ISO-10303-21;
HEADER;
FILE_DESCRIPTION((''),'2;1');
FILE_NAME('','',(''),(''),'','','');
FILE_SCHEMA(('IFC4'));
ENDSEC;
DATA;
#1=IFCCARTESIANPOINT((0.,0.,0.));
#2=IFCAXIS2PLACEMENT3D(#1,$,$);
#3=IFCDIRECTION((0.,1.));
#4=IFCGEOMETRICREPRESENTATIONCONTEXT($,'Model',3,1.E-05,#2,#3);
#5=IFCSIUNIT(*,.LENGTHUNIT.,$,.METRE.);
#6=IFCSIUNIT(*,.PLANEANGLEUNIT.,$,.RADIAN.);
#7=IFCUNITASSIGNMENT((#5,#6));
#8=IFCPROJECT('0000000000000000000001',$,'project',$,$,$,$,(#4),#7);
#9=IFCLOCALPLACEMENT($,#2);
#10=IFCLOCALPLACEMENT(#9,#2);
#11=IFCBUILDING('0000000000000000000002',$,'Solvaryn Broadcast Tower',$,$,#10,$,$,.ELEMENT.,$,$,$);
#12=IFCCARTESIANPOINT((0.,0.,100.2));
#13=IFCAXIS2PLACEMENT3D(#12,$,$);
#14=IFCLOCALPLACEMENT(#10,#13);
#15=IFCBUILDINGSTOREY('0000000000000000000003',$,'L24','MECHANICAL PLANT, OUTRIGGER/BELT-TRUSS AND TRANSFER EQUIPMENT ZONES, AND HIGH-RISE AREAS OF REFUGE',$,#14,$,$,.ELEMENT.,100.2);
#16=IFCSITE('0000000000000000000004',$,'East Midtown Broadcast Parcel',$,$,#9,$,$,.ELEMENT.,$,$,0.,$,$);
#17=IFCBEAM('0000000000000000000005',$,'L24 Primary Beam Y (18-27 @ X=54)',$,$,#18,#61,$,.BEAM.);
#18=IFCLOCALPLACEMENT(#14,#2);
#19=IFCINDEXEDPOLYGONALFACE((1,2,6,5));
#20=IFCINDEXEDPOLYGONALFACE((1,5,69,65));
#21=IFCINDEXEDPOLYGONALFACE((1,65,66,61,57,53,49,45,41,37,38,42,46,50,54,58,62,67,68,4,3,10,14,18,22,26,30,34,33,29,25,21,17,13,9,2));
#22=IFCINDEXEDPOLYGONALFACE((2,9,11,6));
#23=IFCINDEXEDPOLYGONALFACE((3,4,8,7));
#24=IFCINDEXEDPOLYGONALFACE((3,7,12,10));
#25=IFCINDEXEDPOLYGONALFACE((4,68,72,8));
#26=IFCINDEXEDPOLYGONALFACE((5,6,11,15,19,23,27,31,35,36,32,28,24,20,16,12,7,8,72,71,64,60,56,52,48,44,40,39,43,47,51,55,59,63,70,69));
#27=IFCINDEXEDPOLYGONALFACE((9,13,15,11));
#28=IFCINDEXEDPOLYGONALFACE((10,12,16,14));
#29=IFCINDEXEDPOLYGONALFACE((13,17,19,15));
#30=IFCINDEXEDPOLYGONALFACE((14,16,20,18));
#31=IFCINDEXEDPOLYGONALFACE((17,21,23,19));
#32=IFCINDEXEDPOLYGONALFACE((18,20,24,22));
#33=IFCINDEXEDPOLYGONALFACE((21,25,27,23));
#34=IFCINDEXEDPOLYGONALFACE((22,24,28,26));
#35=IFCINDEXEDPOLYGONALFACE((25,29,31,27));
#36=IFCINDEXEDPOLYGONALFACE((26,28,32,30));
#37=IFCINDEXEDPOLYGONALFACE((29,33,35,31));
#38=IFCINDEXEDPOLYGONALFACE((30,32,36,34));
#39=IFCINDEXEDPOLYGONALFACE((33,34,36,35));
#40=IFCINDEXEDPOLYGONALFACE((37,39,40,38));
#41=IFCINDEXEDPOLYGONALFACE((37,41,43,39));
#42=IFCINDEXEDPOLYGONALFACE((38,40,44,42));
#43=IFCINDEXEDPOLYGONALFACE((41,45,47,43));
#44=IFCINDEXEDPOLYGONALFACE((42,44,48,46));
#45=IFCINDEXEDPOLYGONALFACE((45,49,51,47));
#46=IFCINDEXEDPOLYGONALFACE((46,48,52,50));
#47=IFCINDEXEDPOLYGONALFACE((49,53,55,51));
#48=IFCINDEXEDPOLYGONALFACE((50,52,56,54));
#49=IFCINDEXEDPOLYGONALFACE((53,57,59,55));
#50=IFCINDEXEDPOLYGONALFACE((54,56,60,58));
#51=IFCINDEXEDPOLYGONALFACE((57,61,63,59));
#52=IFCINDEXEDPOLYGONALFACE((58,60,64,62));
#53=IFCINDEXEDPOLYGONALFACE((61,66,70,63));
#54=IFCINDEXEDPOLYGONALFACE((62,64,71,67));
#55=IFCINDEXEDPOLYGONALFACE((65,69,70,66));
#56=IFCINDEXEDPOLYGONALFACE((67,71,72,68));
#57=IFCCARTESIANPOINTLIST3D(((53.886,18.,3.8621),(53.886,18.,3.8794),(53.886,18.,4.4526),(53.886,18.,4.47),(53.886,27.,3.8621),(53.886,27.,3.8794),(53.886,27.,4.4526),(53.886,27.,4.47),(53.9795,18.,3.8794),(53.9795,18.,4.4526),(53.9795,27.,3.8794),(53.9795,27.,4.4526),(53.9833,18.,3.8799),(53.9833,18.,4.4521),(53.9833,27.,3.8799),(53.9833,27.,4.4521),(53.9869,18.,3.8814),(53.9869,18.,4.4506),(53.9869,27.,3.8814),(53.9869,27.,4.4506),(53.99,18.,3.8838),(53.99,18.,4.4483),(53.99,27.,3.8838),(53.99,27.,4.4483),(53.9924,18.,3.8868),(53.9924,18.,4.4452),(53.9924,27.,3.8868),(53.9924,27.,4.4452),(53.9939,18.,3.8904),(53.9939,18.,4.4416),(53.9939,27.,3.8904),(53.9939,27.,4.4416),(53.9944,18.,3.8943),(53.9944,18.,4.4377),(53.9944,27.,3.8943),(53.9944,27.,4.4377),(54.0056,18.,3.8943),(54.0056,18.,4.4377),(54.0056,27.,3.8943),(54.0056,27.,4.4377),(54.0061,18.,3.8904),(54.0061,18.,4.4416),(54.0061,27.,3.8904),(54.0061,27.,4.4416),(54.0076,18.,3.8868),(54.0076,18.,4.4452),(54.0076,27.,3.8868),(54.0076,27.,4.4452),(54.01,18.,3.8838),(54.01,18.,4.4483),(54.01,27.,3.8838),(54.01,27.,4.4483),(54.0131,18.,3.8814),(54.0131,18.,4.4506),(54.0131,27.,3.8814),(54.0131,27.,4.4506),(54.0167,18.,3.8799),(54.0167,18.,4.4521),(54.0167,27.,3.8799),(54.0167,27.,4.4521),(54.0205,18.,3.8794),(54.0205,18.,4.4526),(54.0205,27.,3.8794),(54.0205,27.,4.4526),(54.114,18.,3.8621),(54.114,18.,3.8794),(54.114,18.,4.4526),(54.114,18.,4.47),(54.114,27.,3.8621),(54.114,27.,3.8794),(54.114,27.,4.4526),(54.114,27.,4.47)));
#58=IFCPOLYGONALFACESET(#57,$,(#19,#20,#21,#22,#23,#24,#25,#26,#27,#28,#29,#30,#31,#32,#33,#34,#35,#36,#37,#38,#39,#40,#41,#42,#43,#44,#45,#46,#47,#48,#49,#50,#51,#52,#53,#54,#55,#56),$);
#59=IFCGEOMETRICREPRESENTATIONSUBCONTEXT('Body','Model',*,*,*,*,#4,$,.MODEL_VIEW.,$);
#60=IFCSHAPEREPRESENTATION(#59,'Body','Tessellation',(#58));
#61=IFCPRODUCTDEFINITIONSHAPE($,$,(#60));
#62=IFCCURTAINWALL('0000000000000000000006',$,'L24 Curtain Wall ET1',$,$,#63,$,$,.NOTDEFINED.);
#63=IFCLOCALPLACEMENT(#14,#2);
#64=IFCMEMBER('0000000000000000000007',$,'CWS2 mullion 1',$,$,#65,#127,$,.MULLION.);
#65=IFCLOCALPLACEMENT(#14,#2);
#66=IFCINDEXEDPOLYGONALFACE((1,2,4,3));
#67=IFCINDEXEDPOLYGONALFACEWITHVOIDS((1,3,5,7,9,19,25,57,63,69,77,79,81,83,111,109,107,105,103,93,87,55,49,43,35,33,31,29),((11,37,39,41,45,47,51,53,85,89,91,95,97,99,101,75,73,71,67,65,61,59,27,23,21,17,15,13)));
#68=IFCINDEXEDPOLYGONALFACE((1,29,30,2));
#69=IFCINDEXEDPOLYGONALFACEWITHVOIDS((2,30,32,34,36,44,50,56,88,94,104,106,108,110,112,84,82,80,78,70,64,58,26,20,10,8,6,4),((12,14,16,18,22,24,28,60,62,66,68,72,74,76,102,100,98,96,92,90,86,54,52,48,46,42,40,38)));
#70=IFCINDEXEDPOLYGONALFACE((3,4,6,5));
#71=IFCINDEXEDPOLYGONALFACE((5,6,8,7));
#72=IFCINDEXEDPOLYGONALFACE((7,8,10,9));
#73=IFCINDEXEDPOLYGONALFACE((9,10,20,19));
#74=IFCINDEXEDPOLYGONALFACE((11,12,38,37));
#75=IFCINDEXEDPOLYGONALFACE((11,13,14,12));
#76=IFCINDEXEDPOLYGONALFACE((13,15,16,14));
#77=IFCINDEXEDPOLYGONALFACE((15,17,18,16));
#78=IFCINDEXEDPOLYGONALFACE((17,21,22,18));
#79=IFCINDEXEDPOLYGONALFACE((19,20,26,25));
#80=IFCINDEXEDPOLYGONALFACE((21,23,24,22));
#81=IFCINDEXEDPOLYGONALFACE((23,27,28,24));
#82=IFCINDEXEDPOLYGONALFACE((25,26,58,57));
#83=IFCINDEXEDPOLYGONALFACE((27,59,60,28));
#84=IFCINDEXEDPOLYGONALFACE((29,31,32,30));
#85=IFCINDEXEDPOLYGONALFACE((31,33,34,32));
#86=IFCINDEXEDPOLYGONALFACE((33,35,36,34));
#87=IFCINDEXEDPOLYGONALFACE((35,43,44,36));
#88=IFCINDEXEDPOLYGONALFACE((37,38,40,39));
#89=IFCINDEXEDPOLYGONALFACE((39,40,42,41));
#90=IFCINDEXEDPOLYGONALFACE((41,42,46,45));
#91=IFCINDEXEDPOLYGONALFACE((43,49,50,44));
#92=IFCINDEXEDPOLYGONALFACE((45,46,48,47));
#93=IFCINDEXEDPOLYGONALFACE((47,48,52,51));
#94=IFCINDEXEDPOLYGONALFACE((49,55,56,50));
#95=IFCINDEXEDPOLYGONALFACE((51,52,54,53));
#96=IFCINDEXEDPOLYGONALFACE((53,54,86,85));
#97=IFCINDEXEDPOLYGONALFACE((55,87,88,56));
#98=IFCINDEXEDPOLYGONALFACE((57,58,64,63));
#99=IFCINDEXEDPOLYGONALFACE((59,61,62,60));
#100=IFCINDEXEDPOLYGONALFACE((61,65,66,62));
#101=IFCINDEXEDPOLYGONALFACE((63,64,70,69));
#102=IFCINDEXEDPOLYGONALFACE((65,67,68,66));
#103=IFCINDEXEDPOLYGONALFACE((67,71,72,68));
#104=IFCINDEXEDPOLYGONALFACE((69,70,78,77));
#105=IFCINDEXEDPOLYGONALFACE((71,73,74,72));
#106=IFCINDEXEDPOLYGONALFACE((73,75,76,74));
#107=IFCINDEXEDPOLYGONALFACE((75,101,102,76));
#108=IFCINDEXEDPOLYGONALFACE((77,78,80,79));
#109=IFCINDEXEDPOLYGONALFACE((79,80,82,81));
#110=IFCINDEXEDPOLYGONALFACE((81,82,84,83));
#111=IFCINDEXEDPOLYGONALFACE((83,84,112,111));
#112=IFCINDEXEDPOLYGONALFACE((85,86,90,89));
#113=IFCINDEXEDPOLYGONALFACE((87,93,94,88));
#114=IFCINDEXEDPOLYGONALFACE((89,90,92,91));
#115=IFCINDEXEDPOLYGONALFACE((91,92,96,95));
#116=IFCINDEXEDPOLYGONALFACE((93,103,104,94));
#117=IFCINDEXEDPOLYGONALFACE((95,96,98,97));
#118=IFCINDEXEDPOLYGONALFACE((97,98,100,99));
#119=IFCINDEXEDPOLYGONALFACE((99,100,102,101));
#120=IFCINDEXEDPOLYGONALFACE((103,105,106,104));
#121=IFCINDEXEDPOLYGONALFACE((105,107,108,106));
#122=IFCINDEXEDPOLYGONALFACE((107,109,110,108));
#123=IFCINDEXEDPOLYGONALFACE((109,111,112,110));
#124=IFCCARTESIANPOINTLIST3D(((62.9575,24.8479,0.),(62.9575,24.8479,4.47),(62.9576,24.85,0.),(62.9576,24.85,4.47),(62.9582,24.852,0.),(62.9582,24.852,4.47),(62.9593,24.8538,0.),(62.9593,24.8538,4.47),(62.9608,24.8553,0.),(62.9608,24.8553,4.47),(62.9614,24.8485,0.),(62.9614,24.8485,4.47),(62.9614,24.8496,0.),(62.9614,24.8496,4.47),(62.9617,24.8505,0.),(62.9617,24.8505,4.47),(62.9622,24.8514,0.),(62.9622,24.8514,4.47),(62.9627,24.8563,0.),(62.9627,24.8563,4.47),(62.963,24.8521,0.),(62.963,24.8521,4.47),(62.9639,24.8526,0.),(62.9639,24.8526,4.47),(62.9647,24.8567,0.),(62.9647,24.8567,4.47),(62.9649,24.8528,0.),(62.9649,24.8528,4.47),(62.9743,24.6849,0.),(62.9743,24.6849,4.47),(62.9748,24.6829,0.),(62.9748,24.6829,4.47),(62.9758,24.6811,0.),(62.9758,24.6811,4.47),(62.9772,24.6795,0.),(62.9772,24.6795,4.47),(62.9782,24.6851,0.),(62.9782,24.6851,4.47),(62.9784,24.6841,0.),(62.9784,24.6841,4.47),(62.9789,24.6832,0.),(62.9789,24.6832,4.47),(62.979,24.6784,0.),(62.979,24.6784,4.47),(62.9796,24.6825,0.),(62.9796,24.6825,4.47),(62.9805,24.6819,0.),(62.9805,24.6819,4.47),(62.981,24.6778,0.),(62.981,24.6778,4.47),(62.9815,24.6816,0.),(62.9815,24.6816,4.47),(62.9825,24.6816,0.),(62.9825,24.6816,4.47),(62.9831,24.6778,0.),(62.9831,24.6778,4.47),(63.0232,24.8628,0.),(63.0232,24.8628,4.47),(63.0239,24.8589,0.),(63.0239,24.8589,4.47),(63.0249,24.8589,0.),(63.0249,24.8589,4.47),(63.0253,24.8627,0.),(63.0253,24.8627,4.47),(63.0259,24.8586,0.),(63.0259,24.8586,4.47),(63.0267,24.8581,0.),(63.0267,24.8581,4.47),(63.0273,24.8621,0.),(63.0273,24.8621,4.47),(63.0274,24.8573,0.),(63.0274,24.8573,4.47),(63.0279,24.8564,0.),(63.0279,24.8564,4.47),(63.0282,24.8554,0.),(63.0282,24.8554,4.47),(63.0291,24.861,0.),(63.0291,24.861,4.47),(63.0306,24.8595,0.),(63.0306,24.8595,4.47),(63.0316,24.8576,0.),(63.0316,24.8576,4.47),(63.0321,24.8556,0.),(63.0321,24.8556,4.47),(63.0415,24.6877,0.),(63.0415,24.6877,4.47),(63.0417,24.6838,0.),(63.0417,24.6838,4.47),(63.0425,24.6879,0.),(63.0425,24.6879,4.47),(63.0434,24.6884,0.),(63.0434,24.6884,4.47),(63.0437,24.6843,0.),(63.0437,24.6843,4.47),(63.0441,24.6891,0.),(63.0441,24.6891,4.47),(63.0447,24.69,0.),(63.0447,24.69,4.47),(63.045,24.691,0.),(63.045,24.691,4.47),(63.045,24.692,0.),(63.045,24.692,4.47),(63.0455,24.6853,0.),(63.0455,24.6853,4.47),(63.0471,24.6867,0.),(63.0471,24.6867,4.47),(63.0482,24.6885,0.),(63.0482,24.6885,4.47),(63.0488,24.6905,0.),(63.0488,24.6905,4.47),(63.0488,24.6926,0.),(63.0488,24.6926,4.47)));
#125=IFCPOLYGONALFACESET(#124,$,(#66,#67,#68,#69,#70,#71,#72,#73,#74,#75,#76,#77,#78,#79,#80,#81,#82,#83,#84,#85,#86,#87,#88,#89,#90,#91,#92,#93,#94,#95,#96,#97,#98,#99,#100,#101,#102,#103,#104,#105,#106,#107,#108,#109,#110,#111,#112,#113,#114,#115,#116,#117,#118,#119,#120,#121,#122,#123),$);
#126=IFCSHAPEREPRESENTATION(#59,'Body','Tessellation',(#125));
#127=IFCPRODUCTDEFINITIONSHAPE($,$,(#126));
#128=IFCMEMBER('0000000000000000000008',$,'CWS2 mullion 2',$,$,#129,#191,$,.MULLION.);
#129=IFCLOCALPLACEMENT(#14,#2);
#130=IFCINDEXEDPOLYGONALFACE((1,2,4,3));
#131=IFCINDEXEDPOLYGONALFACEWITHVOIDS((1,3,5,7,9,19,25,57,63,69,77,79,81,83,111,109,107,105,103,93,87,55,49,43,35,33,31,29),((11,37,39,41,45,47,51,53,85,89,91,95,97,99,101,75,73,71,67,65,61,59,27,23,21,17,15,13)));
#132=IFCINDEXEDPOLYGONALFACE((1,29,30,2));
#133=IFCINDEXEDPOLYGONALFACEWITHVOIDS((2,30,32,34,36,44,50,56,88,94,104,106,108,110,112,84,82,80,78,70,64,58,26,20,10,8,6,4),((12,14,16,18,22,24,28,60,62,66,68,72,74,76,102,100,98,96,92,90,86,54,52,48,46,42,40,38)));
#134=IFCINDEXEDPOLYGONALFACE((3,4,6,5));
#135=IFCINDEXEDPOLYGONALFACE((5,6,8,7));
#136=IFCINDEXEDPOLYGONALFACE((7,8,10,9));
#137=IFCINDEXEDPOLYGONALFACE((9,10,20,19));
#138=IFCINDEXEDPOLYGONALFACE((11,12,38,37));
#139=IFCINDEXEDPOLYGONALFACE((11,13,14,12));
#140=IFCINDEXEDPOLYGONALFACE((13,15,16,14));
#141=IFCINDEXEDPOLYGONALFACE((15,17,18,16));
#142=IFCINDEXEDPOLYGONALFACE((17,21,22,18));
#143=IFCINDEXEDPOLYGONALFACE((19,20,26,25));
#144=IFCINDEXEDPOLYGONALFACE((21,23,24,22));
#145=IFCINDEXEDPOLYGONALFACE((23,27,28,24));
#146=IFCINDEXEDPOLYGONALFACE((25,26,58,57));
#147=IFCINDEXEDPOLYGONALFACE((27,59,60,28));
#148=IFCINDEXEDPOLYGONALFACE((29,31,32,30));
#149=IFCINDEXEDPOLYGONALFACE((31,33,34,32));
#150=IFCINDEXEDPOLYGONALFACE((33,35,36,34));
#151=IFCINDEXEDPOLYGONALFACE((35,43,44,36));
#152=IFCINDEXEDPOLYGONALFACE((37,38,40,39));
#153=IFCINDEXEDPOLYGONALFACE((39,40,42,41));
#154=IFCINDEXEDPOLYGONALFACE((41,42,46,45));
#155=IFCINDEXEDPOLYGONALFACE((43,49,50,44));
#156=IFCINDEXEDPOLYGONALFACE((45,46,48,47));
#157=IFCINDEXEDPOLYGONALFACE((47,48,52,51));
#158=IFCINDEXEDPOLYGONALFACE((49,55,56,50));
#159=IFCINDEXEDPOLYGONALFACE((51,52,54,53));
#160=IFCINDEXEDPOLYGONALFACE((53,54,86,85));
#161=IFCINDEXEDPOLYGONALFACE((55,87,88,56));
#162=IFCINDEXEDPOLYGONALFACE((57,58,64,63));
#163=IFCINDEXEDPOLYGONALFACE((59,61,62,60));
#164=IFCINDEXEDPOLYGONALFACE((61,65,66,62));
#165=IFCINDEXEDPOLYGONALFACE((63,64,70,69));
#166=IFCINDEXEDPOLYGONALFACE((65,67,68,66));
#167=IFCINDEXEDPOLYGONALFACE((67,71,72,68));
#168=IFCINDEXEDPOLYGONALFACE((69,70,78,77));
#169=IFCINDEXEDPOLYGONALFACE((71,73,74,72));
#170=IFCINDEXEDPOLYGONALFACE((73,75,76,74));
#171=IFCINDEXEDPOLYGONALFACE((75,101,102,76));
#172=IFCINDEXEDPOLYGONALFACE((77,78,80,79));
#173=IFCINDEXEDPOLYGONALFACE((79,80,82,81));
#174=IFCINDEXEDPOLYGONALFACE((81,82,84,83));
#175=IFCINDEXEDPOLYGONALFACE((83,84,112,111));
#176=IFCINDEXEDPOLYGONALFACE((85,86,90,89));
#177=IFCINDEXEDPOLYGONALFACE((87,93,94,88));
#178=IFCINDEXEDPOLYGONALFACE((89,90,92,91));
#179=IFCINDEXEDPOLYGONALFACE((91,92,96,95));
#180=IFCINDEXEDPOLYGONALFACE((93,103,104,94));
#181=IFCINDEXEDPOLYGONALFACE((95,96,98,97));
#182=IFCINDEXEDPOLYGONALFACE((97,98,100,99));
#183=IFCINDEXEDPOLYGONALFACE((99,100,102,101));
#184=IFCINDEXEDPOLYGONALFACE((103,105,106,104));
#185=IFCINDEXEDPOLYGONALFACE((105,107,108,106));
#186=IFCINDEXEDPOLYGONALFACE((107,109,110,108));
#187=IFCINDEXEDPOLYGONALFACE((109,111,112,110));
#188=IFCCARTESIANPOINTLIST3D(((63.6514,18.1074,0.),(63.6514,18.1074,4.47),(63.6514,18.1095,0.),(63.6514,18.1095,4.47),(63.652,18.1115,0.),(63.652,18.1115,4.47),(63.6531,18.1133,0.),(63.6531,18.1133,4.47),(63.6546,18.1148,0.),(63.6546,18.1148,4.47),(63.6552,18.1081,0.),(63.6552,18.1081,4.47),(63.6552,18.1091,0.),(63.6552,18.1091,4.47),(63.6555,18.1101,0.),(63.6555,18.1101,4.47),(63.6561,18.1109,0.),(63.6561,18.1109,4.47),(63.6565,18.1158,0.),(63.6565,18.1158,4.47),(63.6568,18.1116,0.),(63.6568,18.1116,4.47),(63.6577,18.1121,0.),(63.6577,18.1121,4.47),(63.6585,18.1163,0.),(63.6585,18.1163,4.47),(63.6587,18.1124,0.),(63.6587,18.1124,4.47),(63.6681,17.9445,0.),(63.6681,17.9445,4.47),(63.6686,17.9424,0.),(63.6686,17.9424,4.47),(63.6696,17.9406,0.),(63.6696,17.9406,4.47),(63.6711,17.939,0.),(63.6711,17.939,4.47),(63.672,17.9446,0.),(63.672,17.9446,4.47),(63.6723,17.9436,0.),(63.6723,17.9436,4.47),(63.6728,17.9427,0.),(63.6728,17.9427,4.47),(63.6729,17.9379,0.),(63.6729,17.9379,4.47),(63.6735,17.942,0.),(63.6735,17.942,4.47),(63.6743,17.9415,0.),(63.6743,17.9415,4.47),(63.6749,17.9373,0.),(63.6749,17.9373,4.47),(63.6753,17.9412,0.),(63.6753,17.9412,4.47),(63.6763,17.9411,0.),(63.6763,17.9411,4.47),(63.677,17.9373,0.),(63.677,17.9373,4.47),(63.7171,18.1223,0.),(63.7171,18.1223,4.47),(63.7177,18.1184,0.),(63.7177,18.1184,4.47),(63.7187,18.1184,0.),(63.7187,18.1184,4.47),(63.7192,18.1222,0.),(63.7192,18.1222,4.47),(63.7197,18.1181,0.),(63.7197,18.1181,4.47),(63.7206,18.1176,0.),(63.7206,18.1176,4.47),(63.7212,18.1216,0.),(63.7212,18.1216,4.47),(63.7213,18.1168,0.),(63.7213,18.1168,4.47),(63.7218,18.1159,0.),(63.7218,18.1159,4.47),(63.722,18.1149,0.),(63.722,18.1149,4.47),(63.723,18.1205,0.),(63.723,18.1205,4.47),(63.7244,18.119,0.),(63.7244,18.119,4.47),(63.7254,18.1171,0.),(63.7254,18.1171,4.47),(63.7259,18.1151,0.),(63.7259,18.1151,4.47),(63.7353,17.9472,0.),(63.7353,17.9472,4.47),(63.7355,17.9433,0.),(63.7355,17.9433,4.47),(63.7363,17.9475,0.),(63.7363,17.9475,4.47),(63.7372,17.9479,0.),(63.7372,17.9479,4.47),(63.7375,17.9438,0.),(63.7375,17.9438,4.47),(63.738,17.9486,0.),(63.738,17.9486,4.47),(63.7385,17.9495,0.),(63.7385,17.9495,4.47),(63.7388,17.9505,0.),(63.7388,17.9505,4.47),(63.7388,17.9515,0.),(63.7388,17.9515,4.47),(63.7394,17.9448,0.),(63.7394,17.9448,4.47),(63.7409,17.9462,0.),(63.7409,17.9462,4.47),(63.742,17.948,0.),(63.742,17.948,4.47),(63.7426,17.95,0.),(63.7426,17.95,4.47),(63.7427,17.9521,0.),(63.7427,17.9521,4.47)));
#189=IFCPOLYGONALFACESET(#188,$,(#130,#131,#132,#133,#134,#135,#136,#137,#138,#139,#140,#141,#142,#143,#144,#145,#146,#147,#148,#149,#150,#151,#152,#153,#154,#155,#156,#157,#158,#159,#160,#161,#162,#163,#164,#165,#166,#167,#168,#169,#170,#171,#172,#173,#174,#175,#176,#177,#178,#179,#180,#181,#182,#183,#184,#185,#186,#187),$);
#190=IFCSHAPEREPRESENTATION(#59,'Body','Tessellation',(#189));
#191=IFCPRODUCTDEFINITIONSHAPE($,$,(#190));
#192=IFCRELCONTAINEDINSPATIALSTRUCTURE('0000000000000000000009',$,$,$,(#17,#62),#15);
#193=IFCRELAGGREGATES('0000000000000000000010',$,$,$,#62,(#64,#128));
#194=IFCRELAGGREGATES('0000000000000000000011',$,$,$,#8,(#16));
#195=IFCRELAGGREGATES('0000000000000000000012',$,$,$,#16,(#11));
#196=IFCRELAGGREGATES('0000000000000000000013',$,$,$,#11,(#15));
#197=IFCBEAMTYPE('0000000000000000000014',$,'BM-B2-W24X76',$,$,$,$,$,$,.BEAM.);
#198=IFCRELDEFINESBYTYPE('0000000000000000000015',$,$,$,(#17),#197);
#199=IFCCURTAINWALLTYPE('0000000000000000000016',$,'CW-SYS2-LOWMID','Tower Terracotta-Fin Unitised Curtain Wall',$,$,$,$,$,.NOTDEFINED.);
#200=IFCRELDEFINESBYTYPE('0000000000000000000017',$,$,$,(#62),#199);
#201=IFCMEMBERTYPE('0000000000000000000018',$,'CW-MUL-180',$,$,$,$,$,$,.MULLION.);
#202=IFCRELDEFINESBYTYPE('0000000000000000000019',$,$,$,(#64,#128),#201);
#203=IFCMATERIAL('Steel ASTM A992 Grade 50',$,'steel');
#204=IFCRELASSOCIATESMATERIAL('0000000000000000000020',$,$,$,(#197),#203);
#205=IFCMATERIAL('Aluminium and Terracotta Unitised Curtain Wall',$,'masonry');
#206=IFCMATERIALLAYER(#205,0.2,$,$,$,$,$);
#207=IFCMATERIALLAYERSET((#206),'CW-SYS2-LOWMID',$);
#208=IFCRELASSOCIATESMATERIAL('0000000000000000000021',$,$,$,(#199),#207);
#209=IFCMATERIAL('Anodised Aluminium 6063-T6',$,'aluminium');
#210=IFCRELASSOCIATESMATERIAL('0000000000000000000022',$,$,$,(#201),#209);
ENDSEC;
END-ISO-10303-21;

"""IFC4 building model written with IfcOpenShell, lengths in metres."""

from ifc_helpers import new_model, si_unit, direction, frame, origin, origin_2d, place, context, subcontext, project, spatial, hollow_rectangle, i_section, extrude, material, layer, layer_set, material_profile, profile_set, type_object, element, aggregate, save


model = new_model("IFC4")

# Units and contexts
model_context = context("Model", 3, precision=1e-05, world=origin(), true_north=direction((0.0, 1.0)))
body_context = subcontext(model_context, "Body", "Model", "MODEL_VIEW")
ifc_project = project(units=[si_unit("LENGTHUNIT", "METRE"), si_unit("PLANEANGLEUNIT", "RADIAN")], contexts=[model_context])

# Site, building, storey
site_placement = place(None, origin())
site = spatial("IfcSite", under=ifc_project, at=site_placement, Name="East Midtown Broadcast Parcel", CompositionType="ELEMENT", RefElevation=0.0)
building_placement = place(site_placement, origin())
building = spatial("IfcBuilding", under=site, at=building_placement, Name="Solvaryn Broadcast Tower", CompositionType="ELEMENT")
storey_placement = place(building_placement, frame((0.0, 0.0, 100.2)))
storey = spatial("IfcBuildingStorey", under=building, at=storey_placement, Name="L24", Description="MECHANICAL PLANT, OUTRIGGER/BELT-TRUSS AND TRANSFER EQUIPMENT ZONES, AND HIGH-RISE AREAS OF REFUGE", CompositionType="ELEMENT", Elevation=100.2)

# Beam
ifc_material_1 = material(Name="Steel ASTM A992 Grade 50", Category="steel")
ifc_material_profile_1 = material_profile(ifc_material_1, i_section(OverallWidth=0.228, OverallDepth=0.6079, WebThickness=0.0112, FlangeThickness=0.0173, FilletRadius=0.0149, at=origin_2d()))
ifc_profile_set_1 = profile_set([ifc_material_profile_1], Name="Steel ASTM A992 Grade 50")
beam_type_1 = type_object("IfcBeamType", Name="BM-B2-W24X76", PredefinedType="BEAM", material=ifc_profile_set_1)
beam_1_placement = place(storey_placement, frame((54.0, 18.0, 4.166), z_axis=(0.0, 1.0, 0.0), x_axis=(-1.0, 0.0, 0.0)))
element("IfcBeam", 1, at=beam_1_placement, inside=storey, type_object=beam_type_1, Name="L24 Primary Beam Y (18-27 @ X=54)", PredefinedType="BEAM", context=body_context, shape_type="SweptSolid", body=[
    extrude(i_section(OverallWidth=0.228, OverallDepth=0.6079, WebThickness=0.0112, FlangeThickness=0.0173, FilletRadius=0.0149, at=origin_2d()), origin(), (0.0, 0.0, 1.0), 9.0),
])

# Curtain wall, members
ifc_material_2 = material(Name="Aluminium and Terracotta Unitised Curtain Wall", Category="masonry")
ifc_layer_1 = layer(ifc_material_2, 0.2)
ifc_layer_set_1 = layer_set([ifc_layer_1], Name="CW-SYS2-LOWMID")
curtain_wall_type = type_object("IfcCurtainWallType", Name="CW-SYS2-LOWMID", Description="Tower Terracotta-Fin Unitised Curtain Wall", PredefinedType="NOTDEFINED", material=ifc_layer_set_1)
curtain_wall_1_placement = place(storey_placement, origin())
curtain_wall_1 = element("IfcCurtainWall", 2, at=curtain_wall_1_placement, inside=storey, type_object=curtain_wall_type, Name="L24 Curtain Wall ET1", PredefinedType="NOTDEFINED")
ifc_material_3 = material(Name="Anodised Aluminium 6063-T6", Category="aluminium")
ifc_material_profile_2 = material_profile(ifc_material_3, hollow_rectangle(XDim=0.075, YDim=0.1799, WallThickness=0.0039, InnerFilletRadius=0.0039, OuterFilletRadius=0.0081, at=origin_2d()))
ifc_profile_set_2 = profile_set([ifc_material_profile_2], Name="Anodised Aluminium 6063-T6")
member_type_1 = type_object("IfcMemberType", Name="CW-MUL-180", PredefinedType="MULLION", material=ifc_profile_set_2)
member_1_placement = place(storey_placement, frame((63.0032, 24.7703, 0.0), z_axis=(0.0, 0.0, 1.0), x_axis=(0.994743, 0.1024, 0.0)))
member_1 = element("IfcMember", 3, at=member_1_placement, type_object=member_type_1, Name="CWS2 mullion 1", PredefinedType="MULLION", context=body_context, shape_type="SweptSolid", body=[
    extrude(hollow_rectangle(XDim=0.075, YDim=0.1799, WallThickness=0.0039, InnerFilletRadius=0.0039, OuterFilletRadius=0.0081, at=origin_2d()), origin(), (0.0, 0.0, 1.0), 4.47),
])
member_2_placement = place(storey_placement, frame((63.697, 18.0298, 0.0), z_axis=(0.0, 0.0, 1.0), x_axis=(0.994743, 0.1024, 0.0)))
member_2 = element("IfcMember", 4, at=member_2_placement, type_object=member_type_1, Name="CWS2 mullion 2", PredefinedType="MULLION", context=body_context, shape_type="SweptSolid", body=[
    extrude(hollow_rectangle(XDim=0.075, YDim=0.1799, WallThickness=0.0039, InnerFilletRadius=0.0039, OuterFilletRadius=0.0081, at=origin_2d()), origin(), (0.0, 0.0, 1.0), 4.47),
])

aggregate(curtain_wall_1, [member_1, member_2])

save(model, "model.ifc")
